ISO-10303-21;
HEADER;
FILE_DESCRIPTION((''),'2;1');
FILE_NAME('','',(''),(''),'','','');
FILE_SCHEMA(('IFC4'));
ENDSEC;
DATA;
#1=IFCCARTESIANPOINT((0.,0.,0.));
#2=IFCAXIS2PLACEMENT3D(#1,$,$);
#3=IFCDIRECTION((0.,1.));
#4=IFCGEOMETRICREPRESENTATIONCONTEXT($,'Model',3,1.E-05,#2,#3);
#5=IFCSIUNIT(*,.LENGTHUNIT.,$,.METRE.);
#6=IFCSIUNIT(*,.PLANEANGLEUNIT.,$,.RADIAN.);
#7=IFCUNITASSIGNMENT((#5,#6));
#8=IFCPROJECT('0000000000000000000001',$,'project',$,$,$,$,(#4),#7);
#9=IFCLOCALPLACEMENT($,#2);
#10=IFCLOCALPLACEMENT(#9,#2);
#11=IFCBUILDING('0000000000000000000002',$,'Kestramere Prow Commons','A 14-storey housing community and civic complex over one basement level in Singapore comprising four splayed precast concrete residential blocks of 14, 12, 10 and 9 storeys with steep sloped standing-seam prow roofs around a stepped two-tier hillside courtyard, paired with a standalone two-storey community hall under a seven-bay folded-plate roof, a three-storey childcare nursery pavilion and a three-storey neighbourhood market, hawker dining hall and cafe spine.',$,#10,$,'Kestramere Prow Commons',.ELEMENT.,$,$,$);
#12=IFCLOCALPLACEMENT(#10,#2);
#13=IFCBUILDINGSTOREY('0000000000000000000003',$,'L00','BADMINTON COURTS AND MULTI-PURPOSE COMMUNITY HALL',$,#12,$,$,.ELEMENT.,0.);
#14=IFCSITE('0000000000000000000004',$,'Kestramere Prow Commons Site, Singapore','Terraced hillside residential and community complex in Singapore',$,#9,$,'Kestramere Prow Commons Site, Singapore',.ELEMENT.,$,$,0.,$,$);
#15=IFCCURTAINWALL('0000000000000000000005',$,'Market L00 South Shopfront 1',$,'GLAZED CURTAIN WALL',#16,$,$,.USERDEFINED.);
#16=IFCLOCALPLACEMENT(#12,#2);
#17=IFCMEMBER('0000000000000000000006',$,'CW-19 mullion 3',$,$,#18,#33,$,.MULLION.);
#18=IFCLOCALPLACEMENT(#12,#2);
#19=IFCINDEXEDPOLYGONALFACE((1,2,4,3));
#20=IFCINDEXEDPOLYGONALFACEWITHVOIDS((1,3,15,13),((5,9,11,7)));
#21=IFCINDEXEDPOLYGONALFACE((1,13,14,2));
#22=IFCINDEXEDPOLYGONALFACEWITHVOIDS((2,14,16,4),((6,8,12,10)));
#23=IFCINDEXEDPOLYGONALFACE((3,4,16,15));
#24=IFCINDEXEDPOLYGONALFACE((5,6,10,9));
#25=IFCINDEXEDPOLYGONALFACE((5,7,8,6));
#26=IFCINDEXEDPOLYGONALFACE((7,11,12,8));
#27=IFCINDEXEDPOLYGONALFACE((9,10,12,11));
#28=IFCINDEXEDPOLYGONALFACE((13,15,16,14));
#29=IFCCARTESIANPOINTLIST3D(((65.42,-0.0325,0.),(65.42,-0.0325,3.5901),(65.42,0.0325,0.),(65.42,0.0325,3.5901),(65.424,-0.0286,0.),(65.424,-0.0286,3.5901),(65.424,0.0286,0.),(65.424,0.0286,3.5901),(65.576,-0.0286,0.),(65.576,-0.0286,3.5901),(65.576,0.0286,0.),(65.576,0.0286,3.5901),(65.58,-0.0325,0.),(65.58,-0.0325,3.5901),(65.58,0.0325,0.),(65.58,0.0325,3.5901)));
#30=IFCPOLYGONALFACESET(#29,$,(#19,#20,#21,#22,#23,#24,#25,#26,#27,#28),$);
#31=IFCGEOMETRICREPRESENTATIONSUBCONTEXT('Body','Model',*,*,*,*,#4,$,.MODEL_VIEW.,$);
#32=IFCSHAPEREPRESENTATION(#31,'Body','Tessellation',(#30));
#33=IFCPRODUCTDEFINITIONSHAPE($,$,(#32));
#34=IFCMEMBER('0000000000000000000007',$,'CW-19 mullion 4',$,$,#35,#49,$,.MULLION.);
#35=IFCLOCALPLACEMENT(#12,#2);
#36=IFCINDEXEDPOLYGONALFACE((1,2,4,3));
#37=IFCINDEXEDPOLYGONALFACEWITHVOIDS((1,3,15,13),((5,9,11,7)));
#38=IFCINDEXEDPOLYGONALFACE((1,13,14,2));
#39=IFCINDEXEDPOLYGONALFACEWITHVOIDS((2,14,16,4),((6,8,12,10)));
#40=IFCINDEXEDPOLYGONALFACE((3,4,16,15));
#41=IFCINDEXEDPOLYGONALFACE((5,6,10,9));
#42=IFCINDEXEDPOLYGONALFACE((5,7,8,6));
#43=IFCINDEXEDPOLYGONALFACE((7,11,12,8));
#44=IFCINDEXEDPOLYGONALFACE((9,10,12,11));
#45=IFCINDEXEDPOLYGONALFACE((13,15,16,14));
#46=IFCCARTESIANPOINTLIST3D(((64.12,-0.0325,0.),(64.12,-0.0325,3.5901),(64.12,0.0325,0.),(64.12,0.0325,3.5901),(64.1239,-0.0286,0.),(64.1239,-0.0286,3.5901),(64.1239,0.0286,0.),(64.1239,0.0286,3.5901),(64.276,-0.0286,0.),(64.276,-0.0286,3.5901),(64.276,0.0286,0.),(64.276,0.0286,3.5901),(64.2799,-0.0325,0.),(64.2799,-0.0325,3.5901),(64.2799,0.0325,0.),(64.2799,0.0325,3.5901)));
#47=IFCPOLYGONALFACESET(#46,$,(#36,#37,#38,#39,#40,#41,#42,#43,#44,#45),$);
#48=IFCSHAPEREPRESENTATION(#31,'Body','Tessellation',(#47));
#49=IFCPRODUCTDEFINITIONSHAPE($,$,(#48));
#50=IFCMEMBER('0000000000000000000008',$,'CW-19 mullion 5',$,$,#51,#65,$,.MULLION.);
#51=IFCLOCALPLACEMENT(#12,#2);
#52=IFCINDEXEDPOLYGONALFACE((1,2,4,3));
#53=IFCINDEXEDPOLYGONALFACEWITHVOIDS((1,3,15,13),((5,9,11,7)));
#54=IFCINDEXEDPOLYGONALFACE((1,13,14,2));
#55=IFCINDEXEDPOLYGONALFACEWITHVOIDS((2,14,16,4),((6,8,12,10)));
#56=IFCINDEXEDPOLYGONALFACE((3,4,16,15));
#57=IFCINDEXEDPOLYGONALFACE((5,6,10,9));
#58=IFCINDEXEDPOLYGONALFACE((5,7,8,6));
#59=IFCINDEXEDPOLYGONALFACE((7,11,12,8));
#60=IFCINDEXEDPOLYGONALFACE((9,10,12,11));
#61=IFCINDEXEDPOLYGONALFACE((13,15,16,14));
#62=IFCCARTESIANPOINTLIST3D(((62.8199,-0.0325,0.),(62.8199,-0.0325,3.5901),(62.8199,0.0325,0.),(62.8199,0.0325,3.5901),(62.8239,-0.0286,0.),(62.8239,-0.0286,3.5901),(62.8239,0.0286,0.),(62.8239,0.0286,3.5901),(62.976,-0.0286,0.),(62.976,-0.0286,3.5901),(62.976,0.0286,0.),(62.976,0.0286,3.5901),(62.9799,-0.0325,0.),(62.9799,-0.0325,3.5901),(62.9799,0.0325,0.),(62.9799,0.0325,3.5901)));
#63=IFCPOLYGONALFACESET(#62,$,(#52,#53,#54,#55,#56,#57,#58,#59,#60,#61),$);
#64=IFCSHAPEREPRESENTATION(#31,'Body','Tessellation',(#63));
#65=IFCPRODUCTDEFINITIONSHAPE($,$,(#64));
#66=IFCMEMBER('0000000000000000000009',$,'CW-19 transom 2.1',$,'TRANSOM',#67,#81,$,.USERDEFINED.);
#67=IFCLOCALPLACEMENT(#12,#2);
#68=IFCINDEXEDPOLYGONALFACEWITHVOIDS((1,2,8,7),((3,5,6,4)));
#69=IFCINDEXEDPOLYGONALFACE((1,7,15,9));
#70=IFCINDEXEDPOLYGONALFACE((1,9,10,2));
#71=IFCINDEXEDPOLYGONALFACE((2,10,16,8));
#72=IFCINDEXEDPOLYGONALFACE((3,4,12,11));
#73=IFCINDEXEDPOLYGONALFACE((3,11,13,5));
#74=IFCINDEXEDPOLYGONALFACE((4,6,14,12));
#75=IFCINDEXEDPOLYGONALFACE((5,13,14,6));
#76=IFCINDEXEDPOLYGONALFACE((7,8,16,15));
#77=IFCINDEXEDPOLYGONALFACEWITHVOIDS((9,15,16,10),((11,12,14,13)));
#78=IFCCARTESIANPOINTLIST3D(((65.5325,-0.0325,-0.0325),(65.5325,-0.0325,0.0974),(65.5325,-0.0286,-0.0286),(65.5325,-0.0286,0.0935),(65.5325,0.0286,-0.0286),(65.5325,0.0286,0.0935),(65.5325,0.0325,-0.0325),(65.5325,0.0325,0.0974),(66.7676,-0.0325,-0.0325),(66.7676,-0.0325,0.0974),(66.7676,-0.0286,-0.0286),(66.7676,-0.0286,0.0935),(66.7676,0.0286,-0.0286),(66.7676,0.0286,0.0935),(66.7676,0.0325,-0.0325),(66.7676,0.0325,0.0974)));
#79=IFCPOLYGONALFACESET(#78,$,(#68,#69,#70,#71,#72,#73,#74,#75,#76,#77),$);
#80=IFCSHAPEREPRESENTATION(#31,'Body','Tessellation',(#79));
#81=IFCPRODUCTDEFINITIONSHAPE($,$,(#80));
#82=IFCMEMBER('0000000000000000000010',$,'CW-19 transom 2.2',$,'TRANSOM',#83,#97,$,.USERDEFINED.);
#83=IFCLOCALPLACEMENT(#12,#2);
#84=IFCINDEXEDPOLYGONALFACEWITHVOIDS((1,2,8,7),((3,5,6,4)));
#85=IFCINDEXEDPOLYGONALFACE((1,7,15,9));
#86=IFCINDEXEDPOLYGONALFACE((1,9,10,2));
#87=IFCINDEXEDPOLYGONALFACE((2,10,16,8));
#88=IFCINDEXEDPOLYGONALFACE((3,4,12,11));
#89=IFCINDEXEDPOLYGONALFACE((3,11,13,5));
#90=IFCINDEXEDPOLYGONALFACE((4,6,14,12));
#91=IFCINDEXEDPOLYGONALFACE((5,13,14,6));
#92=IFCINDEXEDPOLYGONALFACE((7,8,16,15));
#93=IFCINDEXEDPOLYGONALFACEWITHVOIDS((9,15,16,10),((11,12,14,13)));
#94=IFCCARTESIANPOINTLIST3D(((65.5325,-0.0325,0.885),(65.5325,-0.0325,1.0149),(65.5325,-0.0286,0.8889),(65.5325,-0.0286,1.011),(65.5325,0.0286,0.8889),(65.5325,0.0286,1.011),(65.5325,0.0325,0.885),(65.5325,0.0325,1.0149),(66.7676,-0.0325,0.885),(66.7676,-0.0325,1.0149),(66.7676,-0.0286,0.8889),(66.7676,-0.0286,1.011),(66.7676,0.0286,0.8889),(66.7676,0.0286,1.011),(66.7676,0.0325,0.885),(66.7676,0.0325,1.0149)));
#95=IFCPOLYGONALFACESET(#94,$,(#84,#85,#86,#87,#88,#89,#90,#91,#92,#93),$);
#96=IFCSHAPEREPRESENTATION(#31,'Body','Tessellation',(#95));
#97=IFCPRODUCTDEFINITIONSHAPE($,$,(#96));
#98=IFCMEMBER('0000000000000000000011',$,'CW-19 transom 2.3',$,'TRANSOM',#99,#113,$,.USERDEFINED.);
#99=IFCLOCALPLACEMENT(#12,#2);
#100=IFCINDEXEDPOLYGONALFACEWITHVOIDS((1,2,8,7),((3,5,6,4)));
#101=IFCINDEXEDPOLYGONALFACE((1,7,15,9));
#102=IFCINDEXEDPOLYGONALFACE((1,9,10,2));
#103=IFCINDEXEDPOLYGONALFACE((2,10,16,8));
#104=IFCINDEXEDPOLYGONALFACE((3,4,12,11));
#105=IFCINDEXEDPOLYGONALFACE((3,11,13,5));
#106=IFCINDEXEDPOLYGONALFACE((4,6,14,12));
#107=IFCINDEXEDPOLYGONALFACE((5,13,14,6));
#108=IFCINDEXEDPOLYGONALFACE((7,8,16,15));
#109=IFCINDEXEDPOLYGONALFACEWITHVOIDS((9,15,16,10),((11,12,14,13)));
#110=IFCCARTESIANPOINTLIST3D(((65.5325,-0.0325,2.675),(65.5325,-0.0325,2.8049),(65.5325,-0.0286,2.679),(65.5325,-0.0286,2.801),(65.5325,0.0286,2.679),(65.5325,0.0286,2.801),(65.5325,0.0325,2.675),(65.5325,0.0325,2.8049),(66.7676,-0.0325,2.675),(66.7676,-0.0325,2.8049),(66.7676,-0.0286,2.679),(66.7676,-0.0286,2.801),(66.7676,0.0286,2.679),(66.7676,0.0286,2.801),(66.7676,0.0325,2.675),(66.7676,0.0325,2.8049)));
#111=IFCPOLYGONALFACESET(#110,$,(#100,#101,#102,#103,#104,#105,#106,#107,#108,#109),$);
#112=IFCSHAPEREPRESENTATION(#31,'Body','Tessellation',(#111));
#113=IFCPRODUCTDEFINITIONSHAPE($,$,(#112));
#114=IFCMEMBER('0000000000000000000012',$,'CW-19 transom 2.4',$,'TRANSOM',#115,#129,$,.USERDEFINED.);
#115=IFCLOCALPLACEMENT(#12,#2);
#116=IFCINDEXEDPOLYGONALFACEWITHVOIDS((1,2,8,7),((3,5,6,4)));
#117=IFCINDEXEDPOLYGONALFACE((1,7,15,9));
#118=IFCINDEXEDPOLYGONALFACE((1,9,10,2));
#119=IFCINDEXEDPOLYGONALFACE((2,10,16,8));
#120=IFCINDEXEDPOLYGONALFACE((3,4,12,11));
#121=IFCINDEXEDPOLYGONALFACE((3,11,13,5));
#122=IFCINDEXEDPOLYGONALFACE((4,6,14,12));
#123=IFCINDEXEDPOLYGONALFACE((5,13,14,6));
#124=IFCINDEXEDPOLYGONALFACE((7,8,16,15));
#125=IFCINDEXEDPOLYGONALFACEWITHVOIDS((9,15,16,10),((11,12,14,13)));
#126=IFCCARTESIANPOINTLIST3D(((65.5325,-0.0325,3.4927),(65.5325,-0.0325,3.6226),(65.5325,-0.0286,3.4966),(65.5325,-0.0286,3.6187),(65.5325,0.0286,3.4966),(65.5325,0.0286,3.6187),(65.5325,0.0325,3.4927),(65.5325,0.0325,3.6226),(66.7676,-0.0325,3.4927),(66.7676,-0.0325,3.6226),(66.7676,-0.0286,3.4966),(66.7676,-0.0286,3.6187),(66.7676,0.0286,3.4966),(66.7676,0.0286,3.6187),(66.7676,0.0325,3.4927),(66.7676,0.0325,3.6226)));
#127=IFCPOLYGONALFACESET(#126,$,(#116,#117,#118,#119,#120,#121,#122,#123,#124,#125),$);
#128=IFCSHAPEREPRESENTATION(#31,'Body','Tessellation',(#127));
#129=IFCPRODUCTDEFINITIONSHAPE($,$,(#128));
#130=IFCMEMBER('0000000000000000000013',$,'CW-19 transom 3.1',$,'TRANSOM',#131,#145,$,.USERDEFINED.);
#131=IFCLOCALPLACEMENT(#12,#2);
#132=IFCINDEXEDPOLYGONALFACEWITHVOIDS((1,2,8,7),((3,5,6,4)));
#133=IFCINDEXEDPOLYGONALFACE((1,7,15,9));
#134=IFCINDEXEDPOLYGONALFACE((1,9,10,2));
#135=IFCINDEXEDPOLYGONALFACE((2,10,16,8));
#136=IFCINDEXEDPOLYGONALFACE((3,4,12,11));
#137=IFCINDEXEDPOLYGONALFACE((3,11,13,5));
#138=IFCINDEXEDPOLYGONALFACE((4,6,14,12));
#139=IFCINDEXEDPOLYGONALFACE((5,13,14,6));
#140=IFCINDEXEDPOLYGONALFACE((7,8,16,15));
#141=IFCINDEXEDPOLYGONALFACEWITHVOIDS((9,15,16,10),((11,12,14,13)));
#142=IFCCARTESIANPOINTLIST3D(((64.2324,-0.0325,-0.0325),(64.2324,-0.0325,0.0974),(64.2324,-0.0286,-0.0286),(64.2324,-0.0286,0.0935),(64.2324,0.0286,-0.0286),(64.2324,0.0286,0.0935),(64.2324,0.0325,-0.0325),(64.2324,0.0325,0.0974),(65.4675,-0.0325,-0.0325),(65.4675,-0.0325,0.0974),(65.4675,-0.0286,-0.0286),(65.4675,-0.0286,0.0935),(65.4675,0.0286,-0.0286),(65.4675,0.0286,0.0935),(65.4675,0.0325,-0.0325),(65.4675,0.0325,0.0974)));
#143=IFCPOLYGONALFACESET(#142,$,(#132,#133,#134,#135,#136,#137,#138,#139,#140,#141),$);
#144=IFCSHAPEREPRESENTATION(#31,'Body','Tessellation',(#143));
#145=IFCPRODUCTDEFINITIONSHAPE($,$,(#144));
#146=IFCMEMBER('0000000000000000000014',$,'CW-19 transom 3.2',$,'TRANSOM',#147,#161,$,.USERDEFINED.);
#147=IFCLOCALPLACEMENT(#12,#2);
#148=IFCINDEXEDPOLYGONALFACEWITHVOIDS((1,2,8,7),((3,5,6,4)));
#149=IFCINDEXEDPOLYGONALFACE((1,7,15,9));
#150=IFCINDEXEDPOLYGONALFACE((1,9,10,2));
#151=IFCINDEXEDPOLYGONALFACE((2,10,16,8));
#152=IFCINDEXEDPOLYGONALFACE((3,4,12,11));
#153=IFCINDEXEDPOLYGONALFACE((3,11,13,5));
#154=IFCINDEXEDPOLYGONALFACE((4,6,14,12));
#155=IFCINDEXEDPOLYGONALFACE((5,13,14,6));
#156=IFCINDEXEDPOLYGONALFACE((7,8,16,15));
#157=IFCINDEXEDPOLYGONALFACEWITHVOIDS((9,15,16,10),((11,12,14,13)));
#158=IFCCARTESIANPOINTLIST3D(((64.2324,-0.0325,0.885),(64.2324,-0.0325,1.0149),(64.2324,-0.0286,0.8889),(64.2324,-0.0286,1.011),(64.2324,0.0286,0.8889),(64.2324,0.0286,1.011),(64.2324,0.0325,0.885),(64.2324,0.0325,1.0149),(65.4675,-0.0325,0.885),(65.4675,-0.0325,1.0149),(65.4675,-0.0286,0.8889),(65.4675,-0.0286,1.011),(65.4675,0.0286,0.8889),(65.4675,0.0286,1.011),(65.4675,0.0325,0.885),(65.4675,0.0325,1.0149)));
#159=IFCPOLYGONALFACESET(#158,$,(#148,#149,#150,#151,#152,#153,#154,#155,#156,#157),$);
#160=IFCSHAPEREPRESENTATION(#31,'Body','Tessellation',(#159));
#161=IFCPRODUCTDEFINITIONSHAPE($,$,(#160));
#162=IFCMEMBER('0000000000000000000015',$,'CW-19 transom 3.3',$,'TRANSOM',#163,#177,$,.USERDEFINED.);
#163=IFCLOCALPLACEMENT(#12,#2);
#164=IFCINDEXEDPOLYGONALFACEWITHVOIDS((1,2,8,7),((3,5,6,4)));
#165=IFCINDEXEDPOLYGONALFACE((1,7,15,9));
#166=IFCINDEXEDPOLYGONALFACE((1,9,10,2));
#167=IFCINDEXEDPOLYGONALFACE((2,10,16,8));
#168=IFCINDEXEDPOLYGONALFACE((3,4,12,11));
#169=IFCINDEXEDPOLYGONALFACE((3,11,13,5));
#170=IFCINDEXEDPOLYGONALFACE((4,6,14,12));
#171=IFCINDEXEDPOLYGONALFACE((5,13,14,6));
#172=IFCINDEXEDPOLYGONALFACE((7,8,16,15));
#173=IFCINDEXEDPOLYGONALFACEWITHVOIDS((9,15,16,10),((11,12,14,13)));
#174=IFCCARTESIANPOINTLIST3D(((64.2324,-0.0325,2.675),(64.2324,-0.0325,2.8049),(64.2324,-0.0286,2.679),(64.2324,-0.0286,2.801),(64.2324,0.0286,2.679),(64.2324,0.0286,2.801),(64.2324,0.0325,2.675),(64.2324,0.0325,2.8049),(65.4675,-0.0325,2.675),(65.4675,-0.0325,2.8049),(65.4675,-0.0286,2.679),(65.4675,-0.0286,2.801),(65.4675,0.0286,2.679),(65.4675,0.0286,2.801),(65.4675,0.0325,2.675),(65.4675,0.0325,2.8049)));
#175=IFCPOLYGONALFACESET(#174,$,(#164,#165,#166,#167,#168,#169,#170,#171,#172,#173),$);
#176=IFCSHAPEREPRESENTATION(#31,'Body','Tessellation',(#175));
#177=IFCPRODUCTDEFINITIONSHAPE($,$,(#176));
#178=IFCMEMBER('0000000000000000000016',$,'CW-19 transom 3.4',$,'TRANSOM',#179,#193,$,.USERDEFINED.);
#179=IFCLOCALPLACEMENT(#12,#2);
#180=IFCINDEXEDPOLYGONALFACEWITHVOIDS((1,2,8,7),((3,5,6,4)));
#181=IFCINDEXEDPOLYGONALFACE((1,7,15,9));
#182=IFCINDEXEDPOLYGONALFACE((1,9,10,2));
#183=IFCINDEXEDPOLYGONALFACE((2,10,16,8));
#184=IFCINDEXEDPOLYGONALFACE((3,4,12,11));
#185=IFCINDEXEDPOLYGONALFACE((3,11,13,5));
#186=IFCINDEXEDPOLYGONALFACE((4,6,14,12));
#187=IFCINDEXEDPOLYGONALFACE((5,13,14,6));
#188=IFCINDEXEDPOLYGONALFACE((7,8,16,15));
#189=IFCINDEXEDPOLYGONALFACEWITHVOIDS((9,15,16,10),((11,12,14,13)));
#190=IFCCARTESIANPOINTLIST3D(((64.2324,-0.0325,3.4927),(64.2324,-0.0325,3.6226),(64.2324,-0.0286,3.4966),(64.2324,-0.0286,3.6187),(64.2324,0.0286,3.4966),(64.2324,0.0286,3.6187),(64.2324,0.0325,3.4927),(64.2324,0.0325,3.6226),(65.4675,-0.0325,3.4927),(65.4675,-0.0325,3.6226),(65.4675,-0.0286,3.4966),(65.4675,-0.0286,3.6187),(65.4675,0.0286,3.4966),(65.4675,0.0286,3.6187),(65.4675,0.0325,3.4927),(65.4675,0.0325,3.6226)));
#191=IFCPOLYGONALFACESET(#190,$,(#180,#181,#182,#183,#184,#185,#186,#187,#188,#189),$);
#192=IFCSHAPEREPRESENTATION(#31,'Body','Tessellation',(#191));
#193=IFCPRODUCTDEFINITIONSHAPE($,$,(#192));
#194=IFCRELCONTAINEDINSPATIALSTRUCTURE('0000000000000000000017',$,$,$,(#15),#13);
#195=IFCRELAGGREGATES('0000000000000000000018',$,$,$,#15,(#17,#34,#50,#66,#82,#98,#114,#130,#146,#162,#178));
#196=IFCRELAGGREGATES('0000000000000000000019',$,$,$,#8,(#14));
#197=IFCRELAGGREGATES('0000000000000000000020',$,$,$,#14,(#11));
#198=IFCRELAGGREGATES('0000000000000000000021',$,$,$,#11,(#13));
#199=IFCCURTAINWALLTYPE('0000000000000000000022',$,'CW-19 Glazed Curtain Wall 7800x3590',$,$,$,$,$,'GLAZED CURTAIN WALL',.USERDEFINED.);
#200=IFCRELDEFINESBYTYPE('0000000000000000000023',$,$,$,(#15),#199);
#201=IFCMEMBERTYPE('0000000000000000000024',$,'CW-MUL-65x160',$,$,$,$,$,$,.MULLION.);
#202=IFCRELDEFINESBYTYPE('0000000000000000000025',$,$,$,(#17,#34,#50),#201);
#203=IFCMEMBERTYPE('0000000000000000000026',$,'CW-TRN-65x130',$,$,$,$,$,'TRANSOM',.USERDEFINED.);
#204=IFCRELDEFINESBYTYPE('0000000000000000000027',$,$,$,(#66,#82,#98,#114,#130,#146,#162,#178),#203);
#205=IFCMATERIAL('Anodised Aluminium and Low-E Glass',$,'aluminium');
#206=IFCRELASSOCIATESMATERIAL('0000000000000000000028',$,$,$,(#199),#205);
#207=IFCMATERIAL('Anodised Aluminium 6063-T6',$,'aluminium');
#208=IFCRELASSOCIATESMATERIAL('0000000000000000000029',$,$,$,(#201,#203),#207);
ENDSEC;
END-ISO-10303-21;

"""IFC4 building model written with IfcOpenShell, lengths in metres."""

from ifc_helpers import new_model, si_unit, direction, frame, origin, origin_2d, place, context, subcontext, project, spatial, hollow_rectangle, extrude, material, material_profile, profile_set, type_object, element, aggregate, save


model = new_model("IFC4")

# Units and contexts
model_context = context("Model", 3, precision=1e-05, world=origin(), true_north=direction((0.0, 1.0)))
body_context = subcontext(model_context, "Body", "Model", "MODEL_VIEW")
ifc_project = project(units=[si_unit("LENGTHUNIT", "METRE"), si_unit("PLANEANGLEUNIT", "RADIAN")], contexts=[model_context])

# Site, building, storey
site_placement = place(None, origin())
site = spatial("IfcSite", under=ifc_project, at=site_placement, Name="Kestramere Prow Commons Site, Singapore", Description="Terraced hillside residential and community complex in Singapore", LongName="Kestramere Prow Commons Site, Singapore", CompositionType="ELEMENT", RefElevation=0.0)
building_placement = place(site_placement, origin())
building = spatial("IfcBuilding", under=site, at=building_placement, Name="Kestramere Prow Commons", Description="A 14-storey housing community and civic complex over one basement level in Singapore comprising four splayed precast concrete residential blocks of 14, 12, 10 and 9 storeys with steep sloped standing-seam prow roofs around a stepped two-tier hillside courtyard, paired with a standalone two-storey community hall under a seven-bay folded-plate roof, a three-storey childcare nursery pavilion and a three-storey neighbourhood market, hawker dining hall and cafe spine.", LongName="Kestramere Prow Commons", CompositionType="ELEMENT")
storey_placement = place(building_placement, origin())
storey = spatial("IfcBuildingStorey", under=building, at=storey_placement, Name="L00", Description="BADMINTON COURTS AND MULTI-PURPOSE COMMUNITY HALL", CompositionType="ELEMENT", Elevation=0.0)

# Curtain wall, members
ifc_material_1 = material(Name="Anodised Aluminium and Low-E Glass", Category="aluminium")
curtain_wall_type = type_object("IfcCurtainWallType", Name="CW-19 Glazed Curtain Wall 7800x3590", ElementType="GLAZED CURTAIN WALL", PredefinedType="USERDEFINED", material=ifc_material_1)
curtain_wall_placement = place(storey_placement, origin())
curtain_wall = element("IfcCurtainWall", 1, at=curtain_wall_placement, inside=storey, type_object=curtain_wall_type, Name="Market L00 South Shopfront 1", ObjectType="GLAZED CURTAIN WALL", PredefinedType="USERDEFINED")
ifc_material_2 = material(Name="Anodised Aluminium 6063-T6", Category="aluminium")
ifc_material_profile_1 = material_profile(ifc_material_2, hollow_rectangle(XDim=0.0649, YDim=0.1599, WallThickness=0.0039, at=origin_2d()), Name="ALU-MUL 65x160")
ifc_profile_set_1 = profile_set([ifc_material_profile_1], Name="Anodised Aluminium 6063-T6")
member_type_1 = type_object("IfcMemberType", Name="CW-MUL-65x160", PredefinedType="MULLION", material=ifc_profile_set_1)
member_1_placement = place(storey_placement, frame((65.5, 0.0, 0.0), z_axis=(0.0, 0.0, 1.0), x_axis=(0.0, -1.0, 0.0)))
member_1 = element("IfcMember", 2, at=member_1_placement, type_object=member_type_1, Name="CW-19 mullion 3", PredefinedType="MULLION", context=body_context, shape_type="SweptSolid", body=[
    extrude(hollow_rectangle(XDim=0.0649, YDim=0.1599, WallThickness=0.0039, at=origin_2d()), origin(), (0.0, 0.0, 1.0), 3.5901),
])
member_2_placement = place(storey_placement, frame((64.2, 0.0, 0.0), z_axis=(0.0, 0.0, 1.0), x_axis=(0.0, -1.0, 0.0)))
member_2 = element("IfcMember", 3, at=member_2_placement, type_object=member_type_1, Name="CW-19 mullion 4", PredefinedType="MULLION", context=body_context, shape_type="SweptSolid", body=[
    extrude(hollow_rectangle(XDim=0.0649, YDim=0.1599, WallThickness=0.0039, at=origin_2d()), origin(), (0.0, 0.0, 1.0), 3.5901),
])
member_3_placement = place(storey_placement, frame((62.8999, 0.0, 0.0), z_axis=(0.0, 0.0, 1.0), x_axis=(0.0, -1.0, 0.0)))
member_3 = element("IfcMember", 4, at=member_3_placement, type_object=member_type_1, Name="CW-19 mullion 5", PredefinedType="MULLION", context=body_context, shape_type="SweptSolid", body=[
    extrude(hollow_rectangle(XDim=0.0649, YDim=0.1599, WallThickness=0.0039, at=origin_2d()), origin(), (0.0, 0.0, 1.0), 3.5901),
])
ifc_material_profile_2 = material_profile(ifc_material_2, hollow_rectangle(XDim=0.0649, YDim=0.1299, WallThickness=0.0039, at=origin_2d()), Name="ALU-TRN 65x130")
ifc_profile_set_2 = profile_set([ifc_material_profile_2], Name="Anodised Aluminium 6063-T6")
member_type_2 = type_object("IfcMemberType", Name="CW-TRN-65x130", ElementType="TRANSOM", PredefinedType="USERDEFINED", material=ifc_profile_set_2)
member_4_placement = place(storey_placement, frame((66.7676, 0.0, 0.0325), z_axis=(-1.0, 0.0, 0.0), x_axis=(0.0, -1.0, 0.0)))
member_4 = element("IfcMember", 5, at=member_4_placement, type_object=member_type_2, Name="CW-19 transom 2.1", ObjectType="TRANSOM", PredefinedType="USERDEFINED", context=body_context, shape_type="SweptSolid", body=[
    extrude(hollow_rectangle(XDim=0.0649, YDim=0.1299, WallThickness=0.0039, at=origin_2d()), origin(), (0.0, 0.0, 1.0), 1.2351),
])
member_5_placement = place(storey_placement, frame((66.7676, 0.0, 0.95), z_axis=(-1.0, 0.0, 0.0), x_axis=(0.0, -1.0, 0.0)))
member_5 = element("IfcMember", 6, at=member_5_placement, type_object=member_type_2, Name="CW-19 transom 2.2", ObjectType="TRANSOM", PredefinedType="USERDEFINED", context=body_context, shape_type="SweptSolid", body=[
    extrude(hollow_rectangle(XDim=0.0649, YDim=0.1299, WallThickness=0.0039, at=origin_2d()), origin(), (0.0, 0.0, 1.0), 1.2351),
])
member_6_placement = place(storey_placement, frame((66.7676, 0.0, 2.74), z_axis=(-1.0, 0.0, 0.0), x_axis=(0.0, -1.0, 0.0)))
member_6 = element("IfcMember", 7, at=member_6_placement, type_object=member_type_2, Name="CW-19 transom 2.3", ObjectType="TRANSOM", PredefinedType="USERDEFINED", context=body_context, shape_type="SweptSolid", body=[
    extrude(hollow_rectangle(XDim=0.0649, YDim=0.1299, WallThickness=0.0039, at=origin_2d()), origin(), (0.0, 0.0, 1.0), 1.2351),
])
member_7_placement = place(storey_placement, frame((66.7676, 0.0, 3.5576), z_axis=(-1.0, 0.0, 0.0), x_axis=(0.0, -1.0, 0.0)))
member_7 = element("IfcMember", 8, at=member_7_placement, type_object=member_type_2, Name="CW-19 transom 2.4", ObjectType="TRANSOM", PredefinedType="USERDEFINED", context=body_context, shape_type="SweptSolid", body=[
    extrude(hollow_rectangle(XDim=0.0649, YDim=0.1299, WallThickness=0.0039, at=origin_2d()), origin(), (0.0, 0.0, 1.0), 1.2351),
])
member_8_placement = place(storey_placement, frame((65.4675, 0.0, 0.0325), z_axis=(-1.0, 0.0, 0.0), x_axis=(0.0, -1.0, 0.0)))
member_8 = element("IfcMember", 9, at=member_8_placement, type_object=member_type_2, Name="CW-19 transom 3.1", ObjectType="TRANSOM", PredefinedType="USERDEFINED", context=body_context, shape_type="SweptSolid", body=[
    extrude(hollow_rectangle(XDim=0.0649, YDim=0.1299, WallThickness=0.0039, at=origin_2d()), origin(), (0.0, 0.0, 1.0), 1.2351),
])
member_9_placement = place(storey_placement, frame((65.4675, 0.0, 0.95), z_axis=(-1.0, 0.0, 0.0), x_axis=(0.0, -1.0, 0.0)))
member_9 = element("IfcMember", 10, at=member_9_placement, type_object=member_type_2, Name="CW-19 transom 3.2", ObjectType="TRANSOM", PredefinedType="USERDEFINED", context=body_context, shape_type="SweptSolid", body=[
    extrude(hollow_rectangle(XDim=0.0649, YDim=0.1299, WallThickness=0.0039, at=origin_2d()), origin(), (0.0, 0.0, 1.0), 1.2351),
])
member_10_placement = place(storey_placement, frame((65.4675, 0.0, 2.74), z_axis=(-1.0, 0.0, 0.0), x_axis=(0.0, -1.0, 0.0)))
member_10 = element("IfcMember", 11, at=member_10_placement, type_object=member_type_2, Name="CW-19 transom 3.3", ObjectType="TRANSOM", PredefinedType="USERDEFINED", context=body_context, shape_type="SweptSolid", body=[
    extrude(hollow_rectangle(XDim=0.0649, YDim=0.1299, WallThickness=0.0039, at=origin_2d()), origin(), (0.0, 0.0, 1.0), 1.2351),
])
member_11_placement = place(storey_placement, frame((65.4675, 0.0, 3.5576), z_axis=(-1.0, 0.0, 0.0), x_axis=(0.0, -1.0, 0.0)))
member_11 = element("IfcMember", 12, at=member_11_placement, type_object=member_type_2, Name="CW-19 transom 3.4", ObjectType="TRANSOM", PredefinedType="USERDEFINED", context=body_context, shape_type="SweptSolid", body=[
    extrude(hollow_rectangle(XDim=0.0649, YDim=0.1299, WallThickness=0.0039, at=origin_2d()), origin(), (0.0, 0.0, 1.0), 1.2351),
])
aggregate(curtain_wall, [member_1, member_2, member_3, member_4, member_5, member_6, member_7, member_8, member_9, member_10, member_11])

save(model, "model.ifc")
